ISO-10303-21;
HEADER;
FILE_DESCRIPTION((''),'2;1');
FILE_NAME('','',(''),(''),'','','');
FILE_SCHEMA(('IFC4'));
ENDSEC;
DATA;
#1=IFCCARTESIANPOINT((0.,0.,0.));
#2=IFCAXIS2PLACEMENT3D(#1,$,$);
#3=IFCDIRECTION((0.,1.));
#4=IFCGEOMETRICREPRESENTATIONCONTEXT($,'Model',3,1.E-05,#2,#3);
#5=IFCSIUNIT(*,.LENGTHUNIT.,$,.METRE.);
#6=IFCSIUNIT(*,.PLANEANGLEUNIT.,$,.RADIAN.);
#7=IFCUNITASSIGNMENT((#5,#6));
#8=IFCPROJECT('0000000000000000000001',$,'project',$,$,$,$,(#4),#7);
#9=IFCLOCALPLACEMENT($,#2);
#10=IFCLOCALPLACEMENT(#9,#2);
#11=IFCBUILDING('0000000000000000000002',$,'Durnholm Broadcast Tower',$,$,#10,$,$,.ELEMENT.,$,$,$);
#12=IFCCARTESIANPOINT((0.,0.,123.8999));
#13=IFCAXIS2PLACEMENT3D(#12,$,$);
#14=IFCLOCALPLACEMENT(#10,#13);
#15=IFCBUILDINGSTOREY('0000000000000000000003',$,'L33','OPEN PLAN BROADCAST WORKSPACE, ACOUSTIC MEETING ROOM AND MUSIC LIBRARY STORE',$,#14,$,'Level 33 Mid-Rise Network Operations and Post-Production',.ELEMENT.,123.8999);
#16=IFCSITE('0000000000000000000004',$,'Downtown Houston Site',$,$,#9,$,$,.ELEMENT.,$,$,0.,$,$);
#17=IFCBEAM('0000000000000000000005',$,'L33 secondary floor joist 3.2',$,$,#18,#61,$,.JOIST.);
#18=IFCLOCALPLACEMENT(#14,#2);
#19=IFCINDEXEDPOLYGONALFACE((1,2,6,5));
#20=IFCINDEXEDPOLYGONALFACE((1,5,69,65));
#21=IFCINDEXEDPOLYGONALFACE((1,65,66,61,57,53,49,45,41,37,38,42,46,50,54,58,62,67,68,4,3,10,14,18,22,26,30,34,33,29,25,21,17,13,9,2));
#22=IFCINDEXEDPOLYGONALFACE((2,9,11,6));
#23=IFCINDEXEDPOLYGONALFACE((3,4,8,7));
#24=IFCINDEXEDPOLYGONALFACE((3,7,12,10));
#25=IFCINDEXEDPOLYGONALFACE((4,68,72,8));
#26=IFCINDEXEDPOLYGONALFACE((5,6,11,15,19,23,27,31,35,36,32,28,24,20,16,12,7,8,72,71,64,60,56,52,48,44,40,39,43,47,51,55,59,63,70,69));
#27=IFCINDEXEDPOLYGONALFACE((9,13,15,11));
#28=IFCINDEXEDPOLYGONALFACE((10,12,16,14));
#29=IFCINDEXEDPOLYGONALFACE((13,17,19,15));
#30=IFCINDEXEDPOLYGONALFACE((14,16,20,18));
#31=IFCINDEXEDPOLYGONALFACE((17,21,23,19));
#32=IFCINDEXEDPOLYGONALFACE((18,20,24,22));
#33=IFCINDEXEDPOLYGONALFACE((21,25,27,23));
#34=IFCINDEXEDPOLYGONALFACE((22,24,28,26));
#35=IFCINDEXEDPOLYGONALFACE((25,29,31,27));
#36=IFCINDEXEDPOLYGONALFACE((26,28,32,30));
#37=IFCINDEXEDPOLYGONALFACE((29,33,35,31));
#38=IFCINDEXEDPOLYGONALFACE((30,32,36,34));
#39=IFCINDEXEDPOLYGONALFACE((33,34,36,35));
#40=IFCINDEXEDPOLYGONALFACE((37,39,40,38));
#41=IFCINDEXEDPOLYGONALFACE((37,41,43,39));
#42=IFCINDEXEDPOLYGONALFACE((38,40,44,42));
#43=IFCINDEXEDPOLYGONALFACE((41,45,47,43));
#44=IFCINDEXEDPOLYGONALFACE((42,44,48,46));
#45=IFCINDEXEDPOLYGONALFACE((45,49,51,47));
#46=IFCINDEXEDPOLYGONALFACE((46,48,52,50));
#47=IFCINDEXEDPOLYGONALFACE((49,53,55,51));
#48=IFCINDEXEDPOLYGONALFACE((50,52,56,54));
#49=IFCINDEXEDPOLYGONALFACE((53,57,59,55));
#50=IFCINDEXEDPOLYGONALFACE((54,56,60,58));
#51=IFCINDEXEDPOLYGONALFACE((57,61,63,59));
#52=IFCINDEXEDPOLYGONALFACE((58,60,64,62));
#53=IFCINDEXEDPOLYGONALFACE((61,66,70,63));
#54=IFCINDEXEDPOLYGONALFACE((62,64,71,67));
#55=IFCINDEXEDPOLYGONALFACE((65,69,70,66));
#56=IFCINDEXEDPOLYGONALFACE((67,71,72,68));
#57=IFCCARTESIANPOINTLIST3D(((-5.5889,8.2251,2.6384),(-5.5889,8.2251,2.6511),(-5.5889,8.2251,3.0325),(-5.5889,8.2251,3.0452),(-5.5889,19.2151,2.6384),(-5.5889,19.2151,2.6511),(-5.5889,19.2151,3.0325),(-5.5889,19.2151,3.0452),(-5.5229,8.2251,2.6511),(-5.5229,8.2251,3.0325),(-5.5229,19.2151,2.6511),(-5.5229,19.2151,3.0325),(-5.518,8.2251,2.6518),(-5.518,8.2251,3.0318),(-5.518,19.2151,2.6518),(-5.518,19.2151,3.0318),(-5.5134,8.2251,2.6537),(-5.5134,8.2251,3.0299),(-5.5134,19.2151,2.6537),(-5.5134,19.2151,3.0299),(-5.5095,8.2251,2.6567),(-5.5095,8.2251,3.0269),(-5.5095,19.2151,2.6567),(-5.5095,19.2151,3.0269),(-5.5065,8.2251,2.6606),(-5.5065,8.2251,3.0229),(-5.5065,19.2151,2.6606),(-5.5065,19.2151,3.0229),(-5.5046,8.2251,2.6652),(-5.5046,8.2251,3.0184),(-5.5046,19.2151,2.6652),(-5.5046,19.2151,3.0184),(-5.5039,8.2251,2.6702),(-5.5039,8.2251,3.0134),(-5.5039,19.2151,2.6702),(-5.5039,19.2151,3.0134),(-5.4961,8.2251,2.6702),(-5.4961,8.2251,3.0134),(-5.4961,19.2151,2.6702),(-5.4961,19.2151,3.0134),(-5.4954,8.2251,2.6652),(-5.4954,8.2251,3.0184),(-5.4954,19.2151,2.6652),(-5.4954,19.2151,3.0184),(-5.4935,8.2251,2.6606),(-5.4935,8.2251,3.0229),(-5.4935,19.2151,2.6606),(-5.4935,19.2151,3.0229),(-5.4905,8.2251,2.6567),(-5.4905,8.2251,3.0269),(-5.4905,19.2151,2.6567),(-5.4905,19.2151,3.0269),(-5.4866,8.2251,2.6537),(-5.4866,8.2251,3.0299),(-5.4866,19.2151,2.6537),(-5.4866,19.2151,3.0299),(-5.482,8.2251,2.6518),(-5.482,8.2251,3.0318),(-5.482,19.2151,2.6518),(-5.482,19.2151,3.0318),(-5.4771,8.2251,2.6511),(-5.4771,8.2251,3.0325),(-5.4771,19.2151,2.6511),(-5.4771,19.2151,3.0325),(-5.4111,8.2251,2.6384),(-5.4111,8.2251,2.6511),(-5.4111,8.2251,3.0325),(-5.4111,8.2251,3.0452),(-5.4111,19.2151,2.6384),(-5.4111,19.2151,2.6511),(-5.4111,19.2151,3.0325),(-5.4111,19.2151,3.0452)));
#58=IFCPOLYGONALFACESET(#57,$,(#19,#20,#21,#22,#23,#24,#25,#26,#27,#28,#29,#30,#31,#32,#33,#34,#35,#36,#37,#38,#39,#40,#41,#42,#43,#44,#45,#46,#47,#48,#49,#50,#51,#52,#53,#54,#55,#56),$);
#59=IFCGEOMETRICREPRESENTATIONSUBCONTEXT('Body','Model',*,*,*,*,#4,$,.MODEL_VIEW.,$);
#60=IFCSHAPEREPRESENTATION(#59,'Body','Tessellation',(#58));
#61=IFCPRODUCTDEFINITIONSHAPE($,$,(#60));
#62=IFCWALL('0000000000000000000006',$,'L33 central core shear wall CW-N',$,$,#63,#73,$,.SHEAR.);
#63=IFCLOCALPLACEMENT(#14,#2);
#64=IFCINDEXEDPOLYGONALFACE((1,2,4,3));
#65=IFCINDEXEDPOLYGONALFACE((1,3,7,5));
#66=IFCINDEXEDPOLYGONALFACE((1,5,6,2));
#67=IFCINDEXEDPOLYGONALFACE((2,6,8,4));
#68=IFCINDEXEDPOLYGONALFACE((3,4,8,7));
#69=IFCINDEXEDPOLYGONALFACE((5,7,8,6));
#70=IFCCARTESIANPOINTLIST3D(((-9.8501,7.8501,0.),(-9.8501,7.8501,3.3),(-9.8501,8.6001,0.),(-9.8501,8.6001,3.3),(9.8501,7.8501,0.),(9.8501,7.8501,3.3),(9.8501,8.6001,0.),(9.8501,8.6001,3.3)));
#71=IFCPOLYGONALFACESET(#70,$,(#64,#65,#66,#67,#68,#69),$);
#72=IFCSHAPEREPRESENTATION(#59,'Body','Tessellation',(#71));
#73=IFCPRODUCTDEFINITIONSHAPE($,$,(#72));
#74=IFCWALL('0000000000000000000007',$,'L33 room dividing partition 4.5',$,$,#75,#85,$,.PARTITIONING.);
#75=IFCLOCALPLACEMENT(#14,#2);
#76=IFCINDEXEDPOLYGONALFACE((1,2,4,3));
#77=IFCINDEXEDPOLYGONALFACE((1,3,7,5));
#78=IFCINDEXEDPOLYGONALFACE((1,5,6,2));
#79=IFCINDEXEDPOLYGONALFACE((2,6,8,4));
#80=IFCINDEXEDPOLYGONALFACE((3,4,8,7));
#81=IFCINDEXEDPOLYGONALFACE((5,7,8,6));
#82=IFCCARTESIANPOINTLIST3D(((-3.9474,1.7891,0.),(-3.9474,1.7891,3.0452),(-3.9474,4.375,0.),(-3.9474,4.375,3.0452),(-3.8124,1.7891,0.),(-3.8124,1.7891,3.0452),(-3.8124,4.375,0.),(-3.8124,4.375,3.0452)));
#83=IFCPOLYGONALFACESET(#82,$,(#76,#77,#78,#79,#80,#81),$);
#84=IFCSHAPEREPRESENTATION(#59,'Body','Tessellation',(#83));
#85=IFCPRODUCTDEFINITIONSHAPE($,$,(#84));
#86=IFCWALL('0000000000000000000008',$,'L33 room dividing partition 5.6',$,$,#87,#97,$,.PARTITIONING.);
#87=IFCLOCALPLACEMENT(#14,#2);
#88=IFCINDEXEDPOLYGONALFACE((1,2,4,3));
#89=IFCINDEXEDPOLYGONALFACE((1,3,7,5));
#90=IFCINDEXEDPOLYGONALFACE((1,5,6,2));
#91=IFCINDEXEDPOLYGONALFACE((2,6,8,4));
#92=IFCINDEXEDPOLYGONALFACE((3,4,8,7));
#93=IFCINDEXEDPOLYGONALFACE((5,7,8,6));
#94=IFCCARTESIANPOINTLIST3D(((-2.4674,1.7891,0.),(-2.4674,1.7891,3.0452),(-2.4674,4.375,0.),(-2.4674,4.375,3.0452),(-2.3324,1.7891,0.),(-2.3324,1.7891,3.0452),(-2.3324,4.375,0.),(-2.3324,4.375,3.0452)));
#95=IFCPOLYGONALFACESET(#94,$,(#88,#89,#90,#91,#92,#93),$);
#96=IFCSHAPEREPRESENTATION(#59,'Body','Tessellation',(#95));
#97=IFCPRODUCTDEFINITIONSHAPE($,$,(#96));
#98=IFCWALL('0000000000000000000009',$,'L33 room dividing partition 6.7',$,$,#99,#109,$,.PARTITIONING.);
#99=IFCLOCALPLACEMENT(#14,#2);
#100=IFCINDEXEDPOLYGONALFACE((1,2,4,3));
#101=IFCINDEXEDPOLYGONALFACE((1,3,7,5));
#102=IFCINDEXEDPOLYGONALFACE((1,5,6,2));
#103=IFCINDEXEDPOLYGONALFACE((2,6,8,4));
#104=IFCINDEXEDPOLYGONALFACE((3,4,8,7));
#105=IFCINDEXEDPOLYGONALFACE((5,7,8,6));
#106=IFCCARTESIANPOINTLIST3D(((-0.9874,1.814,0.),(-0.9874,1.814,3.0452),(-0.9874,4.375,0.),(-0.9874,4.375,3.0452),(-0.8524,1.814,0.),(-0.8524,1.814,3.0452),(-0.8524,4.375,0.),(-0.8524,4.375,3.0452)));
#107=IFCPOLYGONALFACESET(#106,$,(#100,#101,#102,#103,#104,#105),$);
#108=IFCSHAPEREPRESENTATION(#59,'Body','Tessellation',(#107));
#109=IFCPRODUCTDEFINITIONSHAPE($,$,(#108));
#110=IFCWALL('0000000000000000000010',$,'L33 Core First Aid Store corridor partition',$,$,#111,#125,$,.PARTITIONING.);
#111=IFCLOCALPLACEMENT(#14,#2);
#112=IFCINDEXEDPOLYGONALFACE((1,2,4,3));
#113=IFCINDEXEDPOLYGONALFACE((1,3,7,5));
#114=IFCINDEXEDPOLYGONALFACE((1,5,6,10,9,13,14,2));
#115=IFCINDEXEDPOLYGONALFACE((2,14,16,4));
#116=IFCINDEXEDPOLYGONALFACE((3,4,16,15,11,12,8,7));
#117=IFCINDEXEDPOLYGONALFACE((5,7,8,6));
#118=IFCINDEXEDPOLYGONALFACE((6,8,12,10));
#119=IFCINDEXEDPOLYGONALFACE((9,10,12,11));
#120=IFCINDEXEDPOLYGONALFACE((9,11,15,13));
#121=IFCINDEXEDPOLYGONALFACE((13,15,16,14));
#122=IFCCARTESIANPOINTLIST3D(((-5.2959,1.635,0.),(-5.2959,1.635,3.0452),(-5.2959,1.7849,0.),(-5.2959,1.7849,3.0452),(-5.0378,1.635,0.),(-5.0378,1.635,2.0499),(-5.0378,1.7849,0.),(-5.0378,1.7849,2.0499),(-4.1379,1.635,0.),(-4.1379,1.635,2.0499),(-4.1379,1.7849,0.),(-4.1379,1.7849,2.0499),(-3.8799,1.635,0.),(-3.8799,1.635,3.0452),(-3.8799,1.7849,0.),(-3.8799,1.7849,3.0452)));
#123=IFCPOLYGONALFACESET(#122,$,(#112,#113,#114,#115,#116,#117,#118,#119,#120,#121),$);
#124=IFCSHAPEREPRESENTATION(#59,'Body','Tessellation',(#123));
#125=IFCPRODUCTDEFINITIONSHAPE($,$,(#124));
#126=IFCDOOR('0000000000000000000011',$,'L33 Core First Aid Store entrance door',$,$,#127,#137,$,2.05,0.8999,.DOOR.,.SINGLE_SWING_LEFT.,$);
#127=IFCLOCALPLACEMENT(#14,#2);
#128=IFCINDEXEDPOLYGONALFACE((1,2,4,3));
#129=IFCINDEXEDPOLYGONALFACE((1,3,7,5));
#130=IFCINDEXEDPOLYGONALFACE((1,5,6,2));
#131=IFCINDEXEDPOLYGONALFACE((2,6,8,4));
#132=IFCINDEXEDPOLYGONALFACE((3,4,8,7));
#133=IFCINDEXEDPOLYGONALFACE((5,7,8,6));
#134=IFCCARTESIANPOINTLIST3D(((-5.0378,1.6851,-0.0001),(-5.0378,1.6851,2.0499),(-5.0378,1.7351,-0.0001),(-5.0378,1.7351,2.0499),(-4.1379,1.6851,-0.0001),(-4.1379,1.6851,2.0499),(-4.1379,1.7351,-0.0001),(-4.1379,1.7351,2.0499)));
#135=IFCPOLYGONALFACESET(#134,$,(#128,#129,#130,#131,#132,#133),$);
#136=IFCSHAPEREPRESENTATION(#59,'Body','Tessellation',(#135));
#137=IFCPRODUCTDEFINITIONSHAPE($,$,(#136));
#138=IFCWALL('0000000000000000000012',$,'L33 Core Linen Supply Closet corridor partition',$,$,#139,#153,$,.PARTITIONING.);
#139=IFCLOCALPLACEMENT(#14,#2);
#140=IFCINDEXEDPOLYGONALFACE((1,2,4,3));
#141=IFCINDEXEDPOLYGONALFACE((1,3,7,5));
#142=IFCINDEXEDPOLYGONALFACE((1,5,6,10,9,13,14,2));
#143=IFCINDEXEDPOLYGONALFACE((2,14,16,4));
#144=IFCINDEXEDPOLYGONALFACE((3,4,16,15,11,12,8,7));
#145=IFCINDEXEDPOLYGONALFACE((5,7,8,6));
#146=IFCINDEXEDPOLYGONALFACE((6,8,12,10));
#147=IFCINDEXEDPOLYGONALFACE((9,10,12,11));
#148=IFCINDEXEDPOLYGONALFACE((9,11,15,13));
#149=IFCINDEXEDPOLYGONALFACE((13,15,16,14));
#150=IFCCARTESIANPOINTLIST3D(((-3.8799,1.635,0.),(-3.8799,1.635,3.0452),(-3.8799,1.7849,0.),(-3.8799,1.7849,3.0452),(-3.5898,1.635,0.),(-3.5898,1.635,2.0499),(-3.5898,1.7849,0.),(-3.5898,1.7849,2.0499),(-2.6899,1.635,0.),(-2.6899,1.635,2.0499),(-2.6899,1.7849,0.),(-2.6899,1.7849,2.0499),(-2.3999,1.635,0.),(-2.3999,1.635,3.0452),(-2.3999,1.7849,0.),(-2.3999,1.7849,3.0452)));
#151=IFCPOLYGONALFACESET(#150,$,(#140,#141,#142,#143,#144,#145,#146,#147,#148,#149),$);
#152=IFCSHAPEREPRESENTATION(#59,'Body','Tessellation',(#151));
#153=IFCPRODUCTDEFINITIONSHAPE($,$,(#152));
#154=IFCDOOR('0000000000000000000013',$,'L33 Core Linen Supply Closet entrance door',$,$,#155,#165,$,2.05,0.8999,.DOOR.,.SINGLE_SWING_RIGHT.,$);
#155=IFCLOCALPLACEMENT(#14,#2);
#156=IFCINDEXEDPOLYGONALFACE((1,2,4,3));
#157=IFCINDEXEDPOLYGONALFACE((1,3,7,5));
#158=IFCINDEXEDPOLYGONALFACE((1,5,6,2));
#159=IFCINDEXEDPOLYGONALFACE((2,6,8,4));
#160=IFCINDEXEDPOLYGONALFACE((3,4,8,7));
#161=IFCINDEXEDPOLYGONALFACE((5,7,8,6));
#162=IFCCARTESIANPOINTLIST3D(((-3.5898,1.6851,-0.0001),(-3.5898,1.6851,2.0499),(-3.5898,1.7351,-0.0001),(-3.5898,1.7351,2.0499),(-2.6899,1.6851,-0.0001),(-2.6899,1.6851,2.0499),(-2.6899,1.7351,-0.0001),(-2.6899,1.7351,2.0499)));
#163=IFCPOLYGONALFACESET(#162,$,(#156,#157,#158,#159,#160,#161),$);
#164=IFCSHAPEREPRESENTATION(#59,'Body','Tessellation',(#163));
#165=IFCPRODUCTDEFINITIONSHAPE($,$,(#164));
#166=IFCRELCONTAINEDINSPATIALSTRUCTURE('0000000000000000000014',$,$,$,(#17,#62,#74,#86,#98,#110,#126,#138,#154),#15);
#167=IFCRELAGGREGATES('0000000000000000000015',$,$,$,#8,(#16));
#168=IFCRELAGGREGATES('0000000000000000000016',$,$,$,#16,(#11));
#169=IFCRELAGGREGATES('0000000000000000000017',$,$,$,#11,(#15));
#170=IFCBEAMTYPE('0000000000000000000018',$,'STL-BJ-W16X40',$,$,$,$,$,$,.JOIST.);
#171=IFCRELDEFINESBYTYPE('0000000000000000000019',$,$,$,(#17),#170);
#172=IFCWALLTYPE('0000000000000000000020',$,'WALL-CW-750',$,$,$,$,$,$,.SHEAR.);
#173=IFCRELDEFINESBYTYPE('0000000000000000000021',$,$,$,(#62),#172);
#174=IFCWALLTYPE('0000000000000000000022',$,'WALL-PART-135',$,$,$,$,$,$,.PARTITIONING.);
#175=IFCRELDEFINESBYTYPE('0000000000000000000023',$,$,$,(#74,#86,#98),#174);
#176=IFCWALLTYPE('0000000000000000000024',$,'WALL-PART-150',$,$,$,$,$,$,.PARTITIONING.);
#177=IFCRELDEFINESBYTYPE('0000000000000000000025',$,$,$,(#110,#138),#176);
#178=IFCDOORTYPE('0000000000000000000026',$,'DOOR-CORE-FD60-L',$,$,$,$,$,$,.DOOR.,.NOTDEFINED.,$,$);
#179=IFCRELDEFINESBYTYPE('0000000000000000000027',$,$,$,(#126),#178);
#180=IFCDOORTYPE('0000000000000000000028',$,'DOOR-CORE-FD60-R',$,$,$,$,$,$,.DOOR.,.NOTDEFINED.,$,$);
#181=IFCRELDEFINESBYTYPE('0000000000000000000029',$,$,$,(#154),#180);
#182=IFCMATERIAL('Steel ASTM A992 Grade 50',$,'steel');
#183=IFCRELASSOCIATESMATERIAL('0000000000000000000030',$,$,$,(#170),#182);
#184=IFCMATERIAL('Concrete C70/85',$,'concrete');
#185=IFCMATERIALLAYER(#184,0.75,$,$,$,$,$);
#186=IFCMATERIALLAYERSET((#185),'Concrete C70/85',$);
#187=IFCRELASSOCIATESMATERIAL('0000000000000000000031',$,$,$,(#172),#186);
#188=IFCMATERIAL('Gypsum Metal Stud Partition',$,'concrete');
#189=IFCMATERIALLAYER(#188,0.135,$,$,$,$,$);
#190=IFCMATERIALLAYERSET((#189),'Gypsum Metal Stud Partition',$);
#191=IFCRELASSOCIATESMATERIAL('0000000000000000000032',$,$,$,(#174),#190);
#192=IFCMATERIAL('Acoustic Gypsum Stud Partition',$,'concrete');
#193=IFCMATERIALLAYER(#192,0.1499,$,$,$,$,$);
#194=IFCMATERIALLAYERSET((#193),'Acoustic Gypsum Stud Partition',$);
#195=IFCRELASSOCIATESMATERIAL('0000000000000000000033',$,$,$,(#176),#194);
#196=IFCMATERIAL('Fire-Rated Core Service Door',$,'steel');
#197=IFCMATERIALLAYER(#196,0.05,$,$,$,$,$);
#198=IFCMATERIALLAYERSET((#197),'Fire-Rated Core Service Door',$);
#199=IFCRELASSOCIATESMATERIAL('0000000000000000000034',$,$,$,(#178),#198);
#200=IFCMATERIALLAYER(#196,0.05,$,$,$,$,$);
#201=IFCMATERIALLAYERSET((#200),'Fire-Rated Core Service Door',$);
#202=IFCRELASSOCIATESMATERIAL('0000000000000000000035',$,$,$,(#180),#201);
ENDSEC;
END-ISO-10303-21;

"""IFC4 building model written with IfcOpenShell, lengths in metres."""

from ifc_helpers import new_model, si_unit, direction, frame, frame_2d, origin, origin_2d, place, context, subcontext, project, spatial, rectangle, i_section, extrude, source, transform, mapped, material, layer, layer_set, material_profile, profile_set, type_object, type_shapes, element, fill, save


model = new_model("IFC4")

# Units and contexts
model_context = context("Model", 3, precision=1e-05, world=origin(), true_north=direction((0.0, 1.0)))
body_context = subcontext(model_context, "Body", "Model", "MODEL_VIEW")
ifc_project = project(units=[si_unit("LENGTHUNIT", "METRE"), si_unit("PLANEANGLEUNIT", "RADIAN")], contexts=[model_context])

# Site, building, storey
site_placement = place(None, origin())
site = spatial("IfcSite", under=ifc_project, at=site_placement, Name="Downtown Houston Site", CompositionType="ELEMENT", RefElevation=0.0)
building_placement = place(site_placement, origin())
building = spatial("IfcBuilding", under=site, at=building_placement, Name="Durnholm Broadcast Tower", CompositionType="ELEMENT")
storey_placement = place(building_placement, frame((0.0, 0.0, 123.8999)))
storey = spatial("IfcBuildingStorey", under=building, at=storey_placement, Name="L33", Description="OPEN PLAN BROADCAST WORKSPACE, ACOUSTIC MEETING ROOM AND MUSIC LIBRARY STORE", LongName="Level 33 Mid-Rise Network Operations and Post-Production", CompositionType="ELEMENT", Elevation=123.8999)

# Shared definitions
ifc_material_1 = material(Name="Concrete C70/85", Category="concrete")

# Beam
ifc_material_2 = material(Name="Steel ASTM A992 Grade 50", Category="steel")
ifc_material_profile_1 = material_profile(ifc_material_2, i_section(OverallWidth=0.1777, OverallDepth=0.4067, WebThickness=0.0078, FlangeThickness=0.0127, FilletRadius=0.019, at=origin_2d()), Name="W16X40")
ifc_profile_set_1 = profile_set([ifc_material_profile_1], Name="Steel ASTM A992 Grade 50")
beam_type_1 = type_object("IfcBeamType", Name="STL-BJ-W16X40", PredefinedType="JOIST", material=ifc_profile_set_1)
shared_shape_1 = source(origin(), body_context, "Body", "SweptSolid", [
    extrude(i_section(OverallWidth=0.1777, OverallDepth=0.4067, WebThickness=0.0078, FlangeThickness=0.0127, FilletRadius=0.019, at=origin_2d()), origin(), (0.0, 0.0, 1.0), 10.99),
])
type_shapes(beam_type_1, [shared_shape_1])
beam_1_placement = place(storey_placement, frame((-5.5, 8.2251, 2.8418), z_axis=(0.0, 1.0, 0.0), x_axis=(-1.0, 0.0, 0.0)))
element("IfcBeam", 1, at=beam_1_placement, inside=storey, type_object=beam_type_1, Name="L33 secondary floor joist 3.2", PredefinedType="JOIST", context=body_context, shape_type="MappedRepresentation", body=[
    mapped(shared_shape_1, transform((0.0, 0.0, 0.0), x_axis=(1.0, 0.0, 0.0), y_axis=(0.0, 1.0, 0.0), z_axis=(0.0, 0.0, 1.0), scale=1.0)),
])

# Walls
ifc_layer_1 = layer(ifc_material_1, 0.75)
ifc_layer_set_1 = layer_set([ifc_layer_1], Name="Concrete C70/85")
wall_type_1 = type_object("IfcWallType", Name="WALL-CW-750", PredefinedType="SHEAR", material=ifc_layer_set_1)
wall_1_placement = place(storey_placement, frame((-9.8501, 8.2251, 0.0), z_axis=(0.0, 0.0, 1.0), x_axis=(1.0, 0.0, 0.0)))
element("IfcWall", 2, at=wall_1_placement, inside=storey, type_object=wall_type_1, Name="L33 central core shear wall CW-N", PredefinedType="SHEAR", context=body_context, shape_type="SweptSolid", body=[
    extrude(rectangle(XDim=19.7002, YDim=0.75, at=frame_2d((9.8501, 0.0))), origin(), (0.0, 0.0, 1.0), 3.3),
])
ifc_material_3 = material(Name="Gypsum Metal Stud Partition", Category="concrete")
ifc_layer_2 = layer(ifc_material_3, 0.135)
ifc_layer_set_2 = layer_set([ifc_layer_2], Name="Gypsum Metal Stud Partition")
wall_type_2 = type_object("IfcWallType", Name="WALL-PART-135", PredefinedType="PARTITIONING", material=ifc_layer_set_2)
for number, where, z_axis, x_axis, name in (
    (3, (-3.8799, 4.375, 0.0), (0.0, 0.0, 1.0), (0.0, -1.0, 0.0), "L33 room dividing partition 4.5"),
    (4, (-2.3999, 4.375, 0.0), (0.0, 0.0, 1.0), (0.0, -1.0, 0.0), "L33 room dividing partition 5.6"),
):
    element("IfcWall", number, at=place(storey_placement, frame(where, z_axis=z_axis, x_axis=x_axis)), inside=storey, type_object=wall_type_2, Name=name, PredefinedType="PARTITIONING", context=body_context, shape_type="SweptSolid", body=[
        extrude(rectangle(XDim=2.5859, YDim=0.135, at=frame_2d((1.293, 0.0))), origin(), (0.0, 0.0, 1.0), 3.0452),
    ])
wall_2_placement = place(storey_placement, frame((-0.9199, 4.375, 0.0), z_axis=(0.0, 0.0, 1.0), x_axis=(0.0, -1.0, 0.0)))
element("IfcWall", 5, at=wall_2_placement, inside=storey, type_object=wall_type_2, Name="L33 room dividing partition 6.7", PredefinedType="PARTITIONING", context=body_context, shape_type="SweptSolid", body=[
    extrude(rectangle(XDim=2.561, YDim=0.135, at=frame_2d((1.2805, 0.0))), origin(), (0.0, 0.0, 1.0), 3.0452),
])

# Walls, openings, doors
ifc_material_4 = material(Name="Acoustic Gypsum Stud Partition", Category="concrete")
ifc_layer_3 = layer(ifc_material_4, 0.1499)
ifc_layer_set_3 = layer_set([ifc_layer_3], Name="Acoustic Gypsum Stud Partition")
wall_type_3 = type_object("IfcWallType", Name="WALL-PART-150", PredefinedType="PARTITIONING", material=ifc_layer_set_3)
wall_3_placement = place(storey_placement, frame((-3.8799, 1.71, 0.0), z_axis=(0.0, 0.0, 1.0), x_axis=(-1.0, 0.0, 0.0)))
wall_3 = element("IfcWall", 6, at=wall_3_placement, inside=storey, type_object=wall_type_3, Name="L33 Core First Aid Store corridor partition", PredefinedType="PARTITIONING", context=body_context, shape_type="SweptSolid", body=[
    extrude(rectangle(XDim=1.416, YDim=0.1499, at=frame_2d((0.708, 0.0))), origin(), (0.0, 0.0, 1.0), 3.0452),
])
opening_1_placement = place(wall_3_placement, frame((0.2581, 0.0, 0.0)))
opening_1 = element("IfcOpeningElement", 7, at=opening_1_placement, cuts=wall_3, PredefinedType="OPENING", context=body_context, shape_type="SweptSolid", body=[
    extrude(rectangle(XDim=0.8999, YDim=2.05, at=frame_2d((0.45, 1.0249))), frame((0.0, 0.085, 0.0), z_axis=(0.0, -1.0, 0.0), x_axis=(1.0, 0.0, 0.0)), (0.0, 0.0, 1.0), 0.1699),
])
ifc_material_5 = material(Name="Fire-Rated Core Service Door", Category="steel")
ifc_layer_4 = layer(ifc_material_5, 0.05)
ifc_layer_set_4 = layer_set([ifc_layer_4], Name="Fire-Rated Core Service Door")
door_type_1 = type_object("IfcDoorType", Name="DOOR-CORE-FD60-L", OperationType="NOTDEFINED", PredefinedType="DOOR", material=ifc_layer_set_4)
shared_shape_2 = source(origin(), body_context, "Body", "SweptSolid", [
    extrude(rectangle(XDim=0.8999, YDim=2.05, at=frame_2d((0.45, 1.0249))), frame((0.0, 0.0249, 0.0), z_axis=(0.0, -1.0, 0.0), x_axis=(1.0, 0.0, 0.0)), (0.0, 0.0, 1.0), 0.05),
])
type_shapes(door_type_1, [shared_shape_2])
door_1_placement = place(opening_1_placement, origin())
door_1 = element("IfcDoor", 8, at=door_1_placement, inside=storey, type_object=door_type_1, Name="L33 Core First Aid Store entrance door", OperationType="SINGLE_SWING_LEFT", OverallHeight=2.05, OverallWidth=0.8999, PredefinedType="DOOR", context=body_context, shape_type="MappedRepresentation", body=[
    mapped(shared_shape_2, transform((0.0, 0.0, 0.0), x_axis=(1.0, 0.0, 0.0), y_axis=(0.0, 1.0, 0.0), z_axis=(0.0, 0.0, 1.0), scale=1.0)),
])
fill(opening_1, door_1)
wall_4_placement = place(storey_placement, frame((-2.3999, 1.71, 0.0), z_axis=(0.0, 0.0, 1.0), x_axis=(-1.0, 0.0, 0.0)))
wall_4 = element("IfcWall", 9, at=wall_4_placement, inside=storey, type_object=wall_type_3, Name="L33 Core Linen Supply Closet corridor partition", PredefinedType="PARTITIONING", context=body_context, shape_type="SweptSolid", body=[
    extrude(rectangle(XDim=1.48, YDim=0.1499, at=frame_2d((0.74, 0.0))), origin(), (0.0, 0.0, 1.0), 3.0452),
])
opening_2_placement = place(wall_4_placement, frame((0.29, 0.0, 0.0)))
opening_2 = element("IfcOpeningElement", 10, at=opening_2_placement, cuts=wall_4, PredefinedType="OPENING", context=body_context, shape_type="SweptSolid", body=[
    extrude(rectangle(XDim=0.8999, YDim=2.05, at=frame_2d((0.45, 1.0249))), frame((0.0, 0.085, 0.0), z_axis=(0.0, -1.0, 0.0), x_axis=(1.0, 0.0, 0.0)), (0.0, 0.0, 1.0), 0.1699),
])
ifc_layer_5 = layer(ifc_material_5, 0.05)
ifc_layer_set_5 = layer_set([ifc_layer_5], Name="Fire-Rated Core Service Door")
door_type_2 = type_object("IfcDoorType", Name="DOOR-CORE-FD60-R", OperationType="NOTDEFINED", PredefinedType="DOOR", material=ifc_layer_set_5)
shared_shape_3 = source(origin(), body_context, "Body", "SweptSolid", [
    extrude(rectangle(XDim=0.8999, YDim=2.05, at=frame_2d((0.45, 1.0249))), frame((0.0, 0.0249, 0.0), z_axis=(0.0, -1.0, 0.0), x_axis=(1.0, 0.0, 0.0)), (0.0, 0.0, 1.0), 0.05),
])
type_shapes(door_type_2, [shared_shape_3])
door_2_placement = place(opening_2_placement, origin())
door_2 = element("IfcDoor", 11, at=door_2_placement, inside=storey, type_object=door_type_2, Name="L33 Core Linen Supply Closet entrance door", OperationType="SINGLE_SWING_RIGHT", OverallHeight=2.05, OverallWidth=0.8999, PredefinedType="DOOR", context=body_context, shape_type="MappedRepresentation", body=[
    mapped(shared_shape_3, transform((0.0, 0.0, 0.0), x_axis=(1.0, 0.0, 0.0), y_axis=(0.0, 1.0, 0.0), z_axis=(0.0, 0.0, 1.0), scale=1.0)),
])
fill(opening_2, door_2)

save(model, "model.ifc")
